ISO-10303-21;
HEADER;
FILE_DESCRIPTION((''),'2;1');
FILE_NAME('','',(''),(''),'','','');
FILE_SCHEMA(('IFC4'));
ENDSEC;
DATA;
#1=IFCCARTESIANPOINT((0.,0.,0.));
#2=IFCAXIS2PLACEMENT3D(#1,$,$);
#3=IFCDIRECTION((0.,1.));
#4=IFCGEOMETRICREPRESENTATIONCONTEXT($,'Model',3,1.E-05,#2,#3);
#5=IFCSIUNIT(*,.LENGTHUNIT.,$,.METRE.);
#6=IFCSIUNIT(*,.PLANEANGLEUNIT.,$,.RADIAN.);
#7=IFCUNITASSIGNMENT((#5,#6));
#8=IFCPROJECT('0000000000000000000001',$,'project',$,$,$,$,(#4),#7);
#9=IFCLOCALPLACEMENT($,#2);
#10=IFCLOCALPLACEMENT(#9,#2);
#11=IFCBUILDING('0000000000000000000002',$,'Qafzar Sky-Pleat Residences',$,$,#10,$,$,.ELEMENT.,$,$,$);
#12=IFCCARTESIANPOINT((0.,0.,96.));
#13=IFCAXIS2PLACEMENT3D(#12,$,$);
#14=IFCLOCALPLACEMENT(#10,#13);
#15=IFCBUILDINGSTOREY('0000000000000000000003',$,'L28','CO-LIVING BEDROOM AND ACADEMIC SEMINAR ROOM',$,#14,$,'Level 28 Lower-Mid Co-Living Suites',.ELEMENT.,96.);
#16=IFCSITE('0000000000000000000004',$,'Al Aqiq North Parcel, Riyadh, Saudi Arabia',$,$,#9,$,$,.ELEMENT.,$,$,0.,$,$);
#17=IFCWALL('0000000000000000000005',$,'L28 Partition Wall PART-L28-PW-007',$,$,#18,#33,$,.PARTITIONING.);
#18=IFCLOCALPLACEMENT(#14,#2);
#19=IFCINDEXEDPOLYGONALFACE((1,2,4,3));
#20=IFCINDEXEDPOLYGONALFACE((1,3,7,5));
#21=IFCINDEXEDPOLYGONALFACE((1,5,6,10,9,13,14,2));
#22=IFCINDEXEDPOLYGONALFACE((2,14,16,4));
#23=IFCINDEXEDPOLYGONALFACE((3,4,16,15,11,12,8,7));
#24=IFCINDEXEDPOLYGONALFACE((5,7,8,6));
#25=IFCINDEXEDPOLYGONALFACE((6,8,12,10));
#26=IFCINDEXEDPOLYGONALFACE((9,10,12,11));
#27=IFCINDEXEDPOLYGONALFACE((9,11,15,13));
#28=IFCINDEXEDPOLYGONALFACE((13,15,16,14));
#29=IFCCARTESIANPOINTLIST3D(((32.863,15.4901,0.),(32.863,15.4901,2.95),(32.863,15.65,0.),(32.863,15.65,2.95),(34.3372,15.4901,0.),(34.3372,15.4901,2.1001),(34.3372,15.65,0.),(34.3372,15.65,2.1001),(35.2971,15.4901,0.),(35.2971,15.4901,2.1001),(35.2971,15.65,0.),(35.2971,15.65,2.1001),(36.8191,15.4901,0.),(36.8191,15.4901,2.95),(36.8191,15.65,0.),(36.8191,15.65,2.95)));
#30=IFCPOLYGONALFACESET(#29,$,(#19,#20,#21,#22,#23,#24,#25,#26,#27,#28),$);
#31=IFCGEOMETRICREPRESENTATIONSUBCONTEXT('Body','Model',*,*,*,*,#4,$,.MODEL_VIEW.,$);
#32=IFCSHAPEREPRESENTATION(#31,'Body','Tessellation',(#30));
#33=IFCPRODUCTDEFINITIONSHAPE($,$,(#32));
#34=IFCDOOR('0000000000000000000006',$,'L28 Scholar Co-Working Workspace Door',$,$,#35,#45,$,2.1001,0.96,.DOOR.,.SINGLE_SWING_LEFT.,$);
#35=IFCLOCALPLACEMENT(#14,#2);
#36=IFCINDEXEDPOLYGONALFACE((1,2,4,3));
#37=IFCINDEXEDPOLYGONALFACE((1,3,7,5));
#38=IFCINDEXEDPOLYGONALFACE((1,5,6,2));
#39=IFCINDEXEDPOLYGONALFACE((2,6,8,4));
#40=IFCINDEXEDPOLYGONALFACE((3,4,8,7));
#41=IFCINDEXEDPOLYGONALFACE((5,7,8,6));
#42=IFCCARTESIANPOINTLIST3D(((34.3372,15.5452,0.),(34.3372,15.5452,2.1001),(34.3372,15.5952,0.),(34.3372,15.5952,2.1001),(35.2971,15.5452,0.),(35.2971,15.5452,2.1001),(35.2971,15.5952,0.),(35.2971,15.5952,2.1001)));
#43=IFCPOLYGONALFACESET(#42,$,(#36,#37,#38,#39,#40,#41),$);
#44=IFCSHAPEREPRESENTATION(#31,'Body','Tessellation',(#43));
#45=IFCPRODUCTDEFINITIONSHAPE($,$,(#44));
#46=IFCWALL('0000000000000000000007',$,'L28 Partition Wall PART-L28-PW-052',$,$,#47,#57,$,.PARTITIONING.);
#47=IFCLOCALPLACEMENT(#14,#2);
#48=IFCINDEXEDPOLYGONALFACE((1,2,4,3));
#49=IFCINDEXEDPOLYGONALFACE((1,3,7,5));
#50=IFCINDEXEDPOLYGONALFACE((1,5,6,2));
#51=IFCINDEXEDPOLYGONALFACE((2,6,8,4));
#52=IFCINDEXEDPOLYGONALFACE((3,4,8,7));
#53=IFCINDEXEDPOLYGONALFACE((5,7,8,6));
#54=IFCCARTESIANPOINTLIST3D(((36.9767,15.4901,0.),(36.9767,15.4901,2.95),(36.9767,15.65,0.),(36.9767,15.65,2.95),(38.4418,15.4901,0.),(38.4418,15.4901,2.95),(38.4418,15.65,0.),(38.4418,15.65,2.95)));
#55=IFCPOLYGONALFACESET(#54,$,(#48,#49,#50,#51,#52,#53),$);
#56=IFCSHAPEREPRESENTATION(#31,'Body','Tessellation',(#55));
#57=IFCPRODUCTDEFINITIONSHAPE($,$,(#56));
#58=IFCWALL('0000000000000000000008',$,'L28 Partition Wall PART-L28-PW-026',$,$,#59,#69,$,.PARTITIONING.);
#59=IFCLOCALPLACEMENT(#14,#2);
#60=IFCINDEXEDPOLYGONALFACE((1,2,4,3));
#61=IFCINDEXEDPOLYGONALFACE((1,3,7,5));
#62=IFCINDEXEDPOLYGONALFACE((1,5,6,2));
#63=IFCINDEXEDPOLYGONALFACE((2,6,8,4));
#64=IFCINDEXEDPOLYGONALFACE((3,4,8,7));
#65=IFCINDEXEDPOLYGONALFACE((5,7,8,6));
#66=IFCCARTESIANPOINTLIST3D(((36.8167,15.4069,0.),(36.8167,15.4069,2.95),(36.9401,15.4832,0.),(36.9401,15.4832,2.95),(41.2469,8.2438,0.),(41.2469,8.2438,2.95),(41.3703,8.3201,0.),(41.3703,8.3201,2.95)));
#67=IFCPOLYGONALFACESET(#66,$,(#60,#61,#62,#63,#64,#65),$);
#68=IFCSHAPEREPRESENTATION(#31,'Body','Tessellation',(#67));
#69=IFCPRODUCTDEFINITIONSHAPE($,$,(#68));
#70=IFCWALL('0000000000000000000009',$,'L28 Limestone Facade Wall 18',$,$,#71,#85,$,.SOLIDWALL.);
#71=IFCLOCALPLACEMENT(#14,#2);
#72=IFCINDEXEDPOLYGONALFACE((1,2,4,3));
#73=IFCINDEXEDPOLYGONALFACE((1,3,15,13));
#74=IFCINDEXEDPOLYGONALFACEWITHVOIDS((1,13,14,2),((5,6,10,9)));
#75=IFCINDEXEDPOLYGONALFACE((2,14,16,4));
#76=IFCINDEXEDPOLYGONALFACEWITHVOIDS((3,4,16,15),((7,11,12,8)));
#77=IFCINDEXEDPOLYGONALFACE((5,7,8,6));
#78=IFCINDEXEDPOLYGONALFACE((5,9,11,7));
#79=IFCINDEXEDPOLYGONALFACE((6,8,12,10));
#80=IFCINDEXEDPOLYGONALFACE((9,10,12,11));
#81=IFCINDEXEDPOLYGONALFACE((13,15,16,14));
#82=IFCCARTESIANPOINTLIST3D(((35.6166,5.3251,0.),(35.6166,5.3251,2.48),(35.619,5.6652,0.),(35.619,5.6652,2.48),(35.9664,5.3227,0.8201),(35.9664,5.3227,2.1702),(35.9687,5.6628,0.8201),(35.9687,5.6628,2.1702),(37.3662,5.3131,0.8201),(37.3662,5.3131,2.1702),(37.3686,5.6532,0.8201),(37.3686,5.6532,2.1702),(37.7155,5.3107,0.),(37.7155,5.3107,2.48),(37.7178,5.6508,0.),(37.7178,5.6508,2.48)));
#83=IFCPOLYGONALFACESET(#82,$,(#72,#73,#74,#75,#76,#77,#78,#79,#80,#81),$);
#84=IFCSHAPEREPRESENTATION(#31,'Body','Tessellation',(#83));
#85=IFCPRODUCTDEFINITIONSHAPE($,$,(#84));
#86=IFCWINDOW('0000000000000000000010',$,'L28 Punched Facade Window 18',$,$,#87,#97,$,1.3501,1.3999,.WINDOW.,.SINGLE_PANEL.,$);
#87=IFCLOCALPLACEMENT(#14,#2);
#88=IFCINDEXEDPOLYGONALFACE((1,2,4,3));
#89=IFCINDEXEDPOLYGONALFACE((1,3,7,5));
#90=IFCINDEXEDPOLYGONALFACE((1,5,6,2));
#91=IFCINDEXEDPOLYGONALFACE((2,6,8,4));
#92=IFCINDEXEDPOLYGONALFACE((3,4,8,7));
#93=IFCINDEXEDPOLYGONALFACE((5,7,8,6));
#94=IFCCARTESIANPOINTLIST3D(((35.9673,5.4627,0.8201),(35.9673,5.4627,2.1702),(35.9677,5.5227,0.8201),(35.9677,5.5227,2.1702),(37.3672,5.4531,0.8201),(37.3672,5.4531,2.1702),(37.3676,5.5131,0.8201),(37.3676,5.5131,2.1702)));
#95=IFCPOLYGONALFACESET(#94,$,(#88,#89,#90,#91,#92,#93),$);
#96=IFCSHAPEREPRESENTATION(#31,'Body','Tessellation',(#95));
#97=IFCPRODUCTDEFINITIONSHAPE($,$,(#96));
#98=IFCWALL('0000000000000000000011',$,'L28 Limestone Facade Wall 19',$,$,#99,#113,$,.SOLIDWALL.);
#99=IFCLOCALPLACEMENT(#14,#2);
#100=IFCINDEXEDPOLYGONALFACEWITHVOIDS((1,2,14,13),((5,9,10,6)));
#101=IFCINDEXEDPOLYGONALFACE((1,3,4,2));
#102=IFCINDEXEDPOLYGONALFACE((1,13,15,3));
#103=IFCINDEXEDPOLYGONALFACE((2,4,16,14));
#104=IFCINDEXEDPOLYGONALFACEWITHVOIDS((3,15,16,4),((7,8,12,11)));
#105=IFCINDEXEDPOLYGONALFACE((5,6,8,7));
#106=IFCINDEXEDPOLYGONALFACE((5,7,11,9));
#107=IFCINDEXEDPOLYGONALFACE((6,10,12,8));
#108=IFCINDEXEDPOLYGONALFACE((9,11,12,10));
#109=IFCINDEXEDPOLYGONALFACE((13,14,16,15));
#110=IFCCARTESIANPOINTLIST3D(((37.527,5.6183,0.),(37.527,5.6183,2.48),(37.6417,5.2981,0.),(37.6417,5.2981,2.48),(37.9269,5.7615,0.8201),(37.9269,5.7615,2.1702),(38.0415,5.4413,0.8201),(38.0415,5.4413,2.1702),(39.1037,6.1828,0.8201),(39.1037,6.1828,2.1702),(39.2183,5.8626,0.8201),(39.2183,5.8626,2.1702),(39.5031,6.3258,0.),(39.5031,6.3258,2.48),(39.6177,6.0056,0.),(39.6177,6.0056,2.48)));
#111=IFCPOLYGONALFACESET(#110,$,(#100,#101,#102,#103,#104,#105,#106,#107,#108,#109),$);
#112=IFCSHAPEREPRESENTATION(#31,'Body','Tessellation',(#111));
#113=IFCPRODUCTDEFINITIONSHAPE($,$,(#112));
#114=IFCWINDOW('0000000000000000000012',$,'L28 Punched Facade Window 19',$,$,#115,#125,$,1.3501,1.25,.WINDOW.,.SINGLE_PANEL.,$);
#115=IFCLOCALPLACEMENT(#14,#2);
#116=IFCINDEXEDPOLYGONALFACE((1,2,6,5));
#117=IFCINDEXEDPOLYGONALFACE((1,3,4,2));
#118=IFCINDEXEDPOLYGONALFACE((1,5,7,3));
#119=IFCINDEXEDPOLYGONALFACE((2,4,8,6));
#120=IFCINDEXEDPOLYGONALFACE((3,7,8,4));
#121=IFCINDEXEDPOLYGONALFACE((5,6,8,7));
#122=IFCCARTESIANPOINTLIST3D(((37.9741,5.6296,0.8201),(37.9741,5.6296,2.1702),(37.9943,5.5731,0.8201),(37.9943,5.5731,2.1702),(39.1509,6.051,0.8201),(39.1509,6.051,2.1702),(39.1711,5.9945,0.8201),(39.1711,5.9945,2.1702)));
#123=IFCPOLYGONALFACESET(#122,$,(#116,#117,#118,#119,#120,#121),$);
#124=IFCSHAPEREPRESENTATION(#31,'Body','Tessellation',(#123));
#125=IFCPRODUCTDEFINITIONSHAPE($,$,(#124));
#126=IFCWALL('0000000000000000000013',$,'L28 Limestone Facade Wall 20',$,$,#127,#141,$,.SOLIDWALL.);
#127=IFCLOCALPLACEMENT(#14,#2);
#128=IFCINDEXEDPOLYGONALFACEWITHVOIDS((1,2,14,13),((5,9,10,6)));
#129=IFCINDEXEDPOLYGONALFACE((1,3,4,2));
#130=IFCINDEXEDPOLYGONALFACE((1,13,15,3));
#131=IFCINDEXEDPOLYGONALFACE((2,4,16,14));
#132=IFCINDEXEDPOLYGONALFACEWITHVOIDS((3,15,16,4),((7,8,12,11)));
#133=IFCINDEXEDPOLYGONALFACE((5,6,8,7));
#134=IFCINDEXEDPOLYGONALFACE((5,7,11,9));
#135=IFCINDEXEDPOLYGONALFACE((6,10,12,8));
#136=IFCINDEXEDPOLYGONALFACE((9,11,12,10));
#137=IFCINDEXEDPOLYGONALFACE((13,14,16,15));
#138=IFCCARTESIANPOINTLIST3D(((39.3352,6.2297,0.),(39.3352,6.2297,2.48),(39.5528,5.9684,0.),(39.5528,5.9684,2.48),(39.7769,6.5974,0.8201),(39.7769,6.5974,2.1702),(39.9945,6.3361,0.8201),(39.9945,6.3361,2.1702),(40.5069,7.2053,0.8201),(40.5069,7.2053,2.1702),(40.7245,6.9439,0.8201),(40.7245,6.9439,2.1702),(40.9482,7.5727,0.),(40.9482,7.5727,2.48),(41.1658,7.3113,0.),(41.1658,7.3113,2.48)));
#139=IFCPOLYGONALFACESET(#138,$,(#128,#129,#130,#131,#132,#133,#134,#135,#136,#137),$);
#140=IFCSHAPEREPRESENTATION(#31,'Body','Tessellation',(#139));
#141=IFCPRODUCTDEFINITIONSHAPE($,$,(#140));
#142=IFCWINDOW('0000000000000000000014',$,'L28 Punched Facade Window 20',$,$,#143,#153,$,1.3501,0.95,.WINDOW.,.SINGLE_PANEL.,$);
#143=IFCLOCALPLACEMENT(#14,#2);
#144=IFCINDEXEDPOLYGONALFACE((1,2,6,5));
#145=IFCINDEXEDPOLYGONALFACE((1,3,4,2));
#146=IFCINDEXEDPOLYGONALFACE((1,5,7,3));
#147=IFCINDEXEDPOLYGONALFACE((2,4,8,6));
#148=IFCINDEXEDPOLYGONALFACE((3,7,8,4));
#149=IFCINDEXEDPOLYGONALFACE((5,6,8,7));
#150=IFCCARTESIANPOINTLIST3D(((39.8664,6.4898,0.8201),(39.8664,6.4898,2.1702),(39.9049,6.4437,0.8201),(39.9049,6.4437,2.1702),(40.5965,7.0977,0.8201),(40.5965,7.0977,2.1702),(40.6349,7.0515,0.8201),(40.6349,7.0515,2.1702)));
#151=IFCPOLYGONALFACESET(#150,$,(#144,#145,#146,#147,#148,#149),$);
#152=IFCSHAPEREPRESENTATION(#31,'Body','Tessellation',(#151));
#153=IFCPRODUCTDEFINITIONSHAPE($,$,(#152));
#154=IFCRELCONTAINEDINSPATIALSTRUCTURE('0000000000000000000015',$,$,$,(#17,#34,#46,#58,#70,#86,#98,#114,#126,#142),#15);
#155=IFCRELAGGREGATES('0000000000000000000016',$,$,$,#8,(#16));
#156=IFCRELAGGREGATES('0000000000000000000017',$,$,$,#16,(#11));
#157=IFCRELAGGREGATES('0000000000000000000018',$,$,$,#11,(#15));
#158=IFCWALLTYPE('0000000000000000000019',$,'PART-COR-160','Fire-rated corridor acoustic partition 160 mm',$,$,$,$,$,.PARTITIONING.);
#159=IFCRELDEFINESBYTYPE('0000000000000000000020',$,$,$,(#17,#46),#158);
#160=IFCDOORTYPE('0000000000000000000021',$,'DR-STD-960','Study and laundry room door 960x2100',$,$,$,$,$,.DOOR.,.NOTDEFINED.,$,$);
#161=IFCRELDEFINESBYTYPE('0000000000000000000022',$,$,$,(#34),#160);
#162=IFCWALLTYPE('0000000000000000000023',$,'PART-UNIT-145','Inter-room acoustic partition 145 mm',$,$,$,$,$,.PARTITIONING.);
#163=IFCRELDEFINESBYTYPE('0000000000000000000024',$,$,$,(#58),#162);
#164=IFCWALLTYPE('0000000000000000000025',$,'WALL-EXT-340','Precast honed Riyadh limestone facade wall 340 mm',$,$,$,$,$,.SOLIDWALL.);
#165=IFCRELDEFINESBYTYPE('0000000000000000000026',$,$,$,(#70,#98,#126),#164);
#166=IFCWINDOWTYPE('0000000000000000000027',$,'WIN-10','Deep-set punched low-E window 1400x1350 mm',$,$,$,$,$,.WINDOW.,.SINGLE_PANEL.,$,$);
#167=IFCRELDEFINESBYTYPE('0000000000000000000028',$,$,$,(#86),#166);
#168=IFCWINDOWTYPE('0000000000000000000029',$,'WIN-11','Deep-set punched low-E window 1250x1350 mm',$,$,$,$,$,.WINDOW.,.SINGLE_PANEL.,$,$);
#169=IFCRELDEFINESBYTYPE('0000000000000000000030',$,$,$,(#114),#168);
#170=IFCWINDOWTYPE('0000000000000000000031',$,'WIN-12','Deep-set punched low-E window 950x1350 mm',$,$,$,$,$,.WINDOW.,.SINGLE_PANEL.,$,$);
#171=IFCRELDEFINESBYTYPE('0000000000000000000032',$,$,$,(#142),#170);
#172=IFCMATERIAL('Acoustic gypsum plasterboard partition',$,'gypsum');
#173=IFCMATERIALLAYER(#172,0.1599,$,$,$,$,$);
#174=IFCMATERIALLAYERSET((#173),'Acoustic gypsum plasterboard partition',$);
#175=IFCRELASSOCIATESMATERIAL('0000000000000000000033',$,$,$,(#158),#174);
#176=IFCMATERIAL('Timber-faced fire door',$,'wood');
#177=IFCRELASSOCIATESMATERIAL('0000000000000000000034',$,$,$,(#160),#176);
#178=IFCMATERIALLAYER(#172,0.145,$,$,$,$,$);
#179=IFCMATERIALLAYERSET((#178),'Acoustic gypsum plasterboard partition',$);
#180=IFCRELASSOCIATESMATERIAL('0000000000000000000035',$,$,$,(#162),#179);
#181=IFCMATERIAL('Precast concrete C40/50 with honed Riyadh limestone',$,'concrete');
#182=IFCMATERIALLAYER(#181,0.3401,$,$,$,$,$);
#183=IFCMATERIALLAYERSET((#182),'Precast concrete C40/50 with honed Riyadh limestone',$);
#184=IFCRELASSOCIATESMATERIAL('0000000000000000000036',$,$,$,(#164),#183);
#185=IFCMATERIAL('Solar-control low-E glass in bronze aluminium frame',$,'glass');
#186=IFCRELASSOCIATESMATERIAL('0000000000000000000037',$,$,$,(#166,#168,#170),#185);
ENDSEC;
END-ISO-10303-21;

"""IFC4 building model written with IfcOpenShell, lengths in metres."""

from ifc_helpers import new_model, si_unit, direction, frame, frame_2d, origin, place, context, subcontext, project, spatial, rectangle, extrude, source, transform, mapped, material, layer, layer_set, type_object, element, fill, save


model = new_model("IFC4")

# Units and contexts
model_context = context("Model", 3, precision=1e-05, world=origin(), true_north=direction((0.0, 1.0)))
body_context = subcontext(model_context, "Body", "Model", "MODEL_VIEW")
ifc_project = project(units=[si_unit("LENGTHUNIT", "METRE"), si_unit("PLANEANGLEUNIT", "RADIAN")], contexts=[model_context])

# Site, building, storey
site_placement = place(None, origin())
site = spatial("IfcSite", under=ifc_project, at=site_placement, Name="Al Aqiq North Parcel, Riyadh, Saudi Arabia", CompositionType="ELEMENT", RefElevation=0.0)
building_placement = place(site_placement, origin())
building = spatial("IfcBuilding", under=site, at=building_placement, Name="Qafzar Sky-Pleat Residences", CompositionType="ELEMENT")
storey_placement = place(building_placement, frame((0.0, 0.0, 96.0)))
storey = spatial("IfcBuildingStorey", under=building, at=storey_placement, Name="L28", Description="CO-LIVING BEDROOM AND ACADEMIC SEMINAR ROOM", LongName="Level 28 Lower-Mid Co-Living Suites", CompositionType="ELEMENT", Elevation=96.0)

# Wall, opening, door
ifc_material_1 = material(Name="Acoustic gypsum plasterboard partition", Category="gypsum")
ifc_layer_1 = layer(ifc_material_1, 0.1599)
ifc_layer_set_1 = layer_set([ifc_layer_1], Name="Acoustic gypsum plasterboard partition")
wall_type_1 = type_object("IfcWallType", Name="PART-COR-160", Description="Fire-rated corridor acoustic partition 160 mm", PredefinedType="PARTITIONING", material=ifc_layer_set_1)
wall_1_placement = place(storey_placement, frame((36.8191, 15.5701, 0.0), z_axis=(0.0, 0.0, 1.0), x_axis=(-1.0, 0.0, 0.0)))
wall_1 = element("IfcWall", 1, at=wall_1_placement, inside=storey, type_object=wall_type_1, Name="L28 Partition Wall PART-L28-PW-007", PredefinedType="PARTITIONING", context=body_context, shape_type="SweptSolid", body=[
    extrude(rectangle(XDim=3.9561, YDim=0.1599, at=frame_2d((1.978, 0.0))), origin(), (0.0, 0.0, 1.0), 2.95),
])
opening_1_placement = place(wall_1_placement, frame((1.522, 0.0, 0.0)))
opening_1 = element("IfcOpeningElement", 2, at=opening_1_placement, cuts=wall_1, PredefinedType="OPENING", context=body_context, shape_type="SweptSolid", body=[
    extrude(rectangle(XDim=0.96, YDim=2.1001, at=frame_2d((0.48, 1.05))), frame((0.0, 0.0898, 0.0), z_axis=(0.0, -1.0, 0.0), x_axis=(1.0, 0.0, 0.0)), (0.0, 0.0, 1.0), 0.1799),
])
ifc_material_2 = material(Name="Timber-faced fire door", Category="wood")
door_type_1 = type_object("IfcDoorType", Name="DR-STD-960", Description="Study and laundry room door 960x2100", OperationType="NOTDEFINED", PredefinedType="DOOR", material=ifc_material_2)
shared_shape_1 = source(origin(), body_context, "Body", "SweptSolid", [
    extrude(rectangle(XDim=0.96, YDim=2.1001, at=frame_2d((0.48, 1.05))), frame((0.0, 0.0249, 0.0), z_axis=(0.0, -1.0, 0.0), x_axis=(1.0, 0.0, 0.0)), (0.0, 0.0, 1.0), 0.05),
])
door_1_placement = place(opening_1_placement, origin())
door_1 = element("IfcDoor", 3, at=door_1_placement, inside=storey, type_object=door_type_1, Name="L28 Scholar Co-Working Workspace Door", OperationType="SINGLE_SWING_LEFT", OverallHeight=2.1001, OverallWidth=0.96, PredefinedType="DOOR", context=body_context, shape_type="MappedRepresentation", body=[
    mapped(shared_shape_1, transform((0.0, 0.0, 0.0), x_axis=(1.0, 0.0, 0.0), y_axis=(0.0, 1.0, 0.0), z_axis=(0.0, 0.0, 1.0), scale=1.0)),
])
fill(opening_1, door_1)

# Walls
wall_2_placement = place(storey_placement, frame((36.9768, 15.5701, 0.0), z_axis=(0.0, 0.0, 1.0), x_axis=(1.0, 0.0, 0.0)))
element("IfcWall", 4, at=wall_2_placement, inside=storey, type_object=wall_type_1, Name="L28 Partition Wall PART-L28-PW-052", PredefinedType="PARTITIONING", context=body_context, shape_type="SweptSolid", body=[
    extrude(rectangle(XDim=1.4651, YDim=0.1599, at=frame_2d((0.7324, 0.0))), origin(), (0.0, 0.0, 1.0), 2.95),
])
ifc_layer_2 = layer(ifc_material_1, 0.145)
ifc_layer_set_2 = layer_set([ifc_layer_2], Name="Acoustic gypsum plasterboard partition")
wall_type_2 = type_object("IfcWallType", Name="PART-UNIT-145", Description="Inter-room acoustic partition 145 mm", PredefinedType="PARTITIONING", material=ifc_layer_set_2)
wall_3_placement = place(storey_placement, frame((36.8784, 15.4451, 0.0), z_axis=(0.0, 0.0, 1.0), x_axis=(0.526001, -0.850484, 0.0)))
element("IfcWall", 5, at=wall_3_placement, inside=storey, type_object=wall_type_2, Name="L28 Partition Wall PART-L28-PW-026", PredefinedType="PARTITIONING", context=body_context, shape_type="SweptSolid", body=[
    extrude(rectangle(XDim=8.4224, YDim=0.145, at=frame_2d((4.2112, 0.0))), origin(), (0.0, 0.0, 1.0), 2.95),
])

# Walls, openings, windows
ifc_material_3 = material(Name="Precast concrete C40/50 with honed Riyadh limestone", Category="concrete")
ifc_layer_3 = layer(ifc_material_3, 0.3401)
ifc_layer_set_3 = layer_set([ifc_layer_3], Name="Precast concrete C40/50 with honed Riyadh limestone")
wall_type_3 = type_object("IfcWallType", Name="WALL-EXT-340", Description="Precast honed Riyadh limestone facade wall 340 mm", PredefinedType="SOLIDWALL", material=ifc_layer_set_3)
wall_4_placement = place(storey_placement, frame((35.6179, 5.4951, 0.0), z_axis=(0.0, 0.0, 1.0), x_axis=(0.999976, -0.006863, 0.0)))
wall_4 = element("IfcWall", 6, at=wall_4_placement, inside=storey, type_object=wall_type_3, Name="L28 Limestone Facade Wall 18", PredefinedType="SOLIDWALL", context=body_context, shape_type="SweptSolid", body=[
    extrude(rectangle(XDim=2.0989, YDim=0.3401, at=frame_2d((1.0493, 0.0))), origin(), (0.0, 0.0, 1.0), 2.48),
])
opening_2_placement = place(wall_4_placement, frame((0.3496, 0.0, 0.8201)))
opening_2 = element("IfcOpeningElement", 7, at=opening_2_placement, cuts=wall_4, PredefinedType="OPENING", context=body_context, shape_type="SweptSolid", body=[
    extrude(rectangle(XDim=1.3999, YDim=1.3501, at=frame_2d((0.7, 0.675))), frame((0.0, 0.1802, 0.0), z_axis=(0.0, -1.0, 0.0), x_axis=(1.0, 0.0, 0.0)), (0.0, 0.0, 1.0), 0.3601),
])
ifc_material_4 = material(Name="Solar-control low-E glass in bronze aluminium frame", Category="glass")
window_type_1 = type_object("IfcWindowType", Name="WIN-10", Description="Deep-set punched low-E window 1400x1350 mm", PartitioningType="SINGLE_PANEL", PredefinedType="WINDOW", material=ifc_material_4)
shared_shape_2 = source(origin(), body_context, "Body", "SweptSolid", [
    extrude(rectangle(XDim=1.3999, YDim=1.3501, at=frame_2d((0.7, 0.675))), frame((0.0, 0.03, 0.0), z_axis=(0.0, -1.0, 0.0), x_axis=(1.0, 0.0, 0.0)), (0.0, 0.0, 1.0), 0.0601),
])
window_1_placement = place(opening_2_placement, origin())
window_1 = element("IfcWindow", 8, at=window_1_placement, inside=storey, type_object=window_type_1, Name="L28 Punched Facade Window 18", OverallHeight=1.3501, OverallWidth=1.3999, PartitioningType="SINGLE_PANEL", PredefinedType="WINDOW", context=body_context, shape_type="MappedRepresentation", body=[
    mapped(shared_shape_2, transform((0.0, 0.0, 0.0), x_axis=(1.0, 0.0, 0.0), y_axis=(0.0, 1.0, 0.0), z_axis=(0.0, 0.0, 1.0), scale=1.0)),
])
fill(opening_2, window_1)
wall_5_placement = place(storey_placement, frame((37.5845, 5.4583, 0.0), z_axis=(0.0, 0.0, 1.0), x_axis=(0.941473, 0.337088, 0.0)))
wall_5 = element("IfcWall", 9, at=wall_5_placement, inside=storey, type_object=wall_type_3, Name="L28 Limestone Facade Wall 19", PredefinedType="SOLIDWALL", context=body_context, shape_type="SweptSolid", body=[
    extrude(rectangle(XDim=2.0989, YDim=0.3401, at=frame_2d((1.0493, 0.0))), origin(), (0.0, 0.0, 1.0), 2.48),
])
opening_3_placement = place(wall_5_placement, frame((0.4246, 0.0, 0.8201)))
opening_3 = element("IfcOpeningElement", 10, at=opening_3_placement, cuts=wall_5, PredefinedType="OPENING", context=body_context, shape_type="SweptSolid", body=[
    extrude(rectangle(XDim=1.25, YDim=1.3501, at=frame_2d((0.625, 0.675))), frame((0.0, 0.1802, 0.0), z_axis=(0.0, -1.0, 0.0), x_axis=(1.0, 0.0, 0.0)), (0.0, 0.0, 1.0), 0.3601),
])
window_type_2 = type_object("IfcWindowType", Name="WIN-11", Description="Deep-set punched low-E window 1250x1350 mm", PartitioningType="SINGLE_PANEL", PredefinedType="WINDOW", material=ifc_material_4)
shared_shape_3 = source(origin(), body_context, "Body", "SweptSolid", [
    extrude(rectangle(XDim=1.25, YDim=1.3501, at=frame_2d((0.625, 0.675))), frame((0.0, 0.03, 0.0), z_axis=(0.0, -1.0, 0.0), x_axis=(1.0, 0.0, 0.0)), (0.0, 0.0, 1.0), 0.0601),
])
window_2_placement = place(opening_3_placement, origin())
window_2 = element("IfcWindow", 11, at=window_2_placement, inside=storey, type_object=window_type_2, Name="L28 Punched Facade Window 19", OverallHeight=1.3501, OverallWidth=1.25, PartitioningType="SINGLE_PANEL", PredefinedType="WINDOW", context=body_context, shape_type="MappedRepresentation", body=[
    mapped(shared_shape_3, transform((0.0, 0.0, 0.0), x_axis=(1.0, 0.0, 0.0), y_axis=(0.0, 1.0, 0.0), z_axis=(0.0, 0.0, 1.0), scale=1.0)),
])
fill(opening_3, window_2)
wall_6_placement = place(storey_placement, frame((39.4441, 6.0991, 0.0), z_axis=(0.0, 0.0, 1.0), x_axis=(0.768498, 0.639853, 0.0)))
wall_6 = element("IfcWall", 12, at=wall_6_placement, inside=storey, type_object=wall_type_3, Name="L28 Limestone Facade Wall 20", PredefinedType="SOLIDWALL", context=body_context, shape_type="SweptSolid", body=[
    extrude(rectangle(XDim=2.0989, YDim=0.3401, at=frame_2d((1.0493, 0.0))), origin(), (0.0, 0.0, 1.0), 2.48),
])
opening_4_placement = place(wall_6_placement, frame((0.5745, 0.0, 0.8201)))
opening_4 = element("IfcOpeningElement", 13, at=opening_4_placement, cuts=wall_6, PredefinedType="OPENING", context=body_context, shape_type="SweptSolid", body=[
    extrude(rectangle(XDim=0.95, YDim=1.3501, at=frame_2d((0.4751, 0.675))), frame((0.0, 0.1802, 0.0), z_axis=(0.0, -1.0, 0.0), x_axis=(1.0, 0.0, 0.0)), (0.0, 0.0, 1.0), 0.3601),
])
window_type_3 = type_object("IfcWindowType", Name="WIN-12", Description="Deep-set punched low-E window 950x1350 mm", PartitioningType="SINGLE_PANEL", PredefinedType="WINDOW", material=ifc_material_4)
shared_shape_4 = source(origin(), body_context, "Body", "SweptSolid", [
    extrude(rectangle(XDim=0.95, YDim=1.3501, at=frame_2d((0.4751, 0.675))), frame((0.0, 0.03, 0.0), z_axis=(0.0, -1.0, 0.0), x_axis=(1.0, 0.0, 0.0)), (0.0, 0.0, 1.0), 0.0601),
])
window_3_placement = place(opening_4_placement, origin())
window_3 = element("IfcWindow", 14, at=window_3_placement, inside=storey, type_object=window_type_3, Name="L28 Punched Facade Window 20", OverallHeight=1.3501, OverallWidth=0.95, PartitioningType="SINGLE_PANEL", PredefinedType="WINDOW", context=body_context, shape_type="MappedRepresentation", body=[
    mapped(shared_shape_4, transform((0.0, 0.0, 0.0), x_axis=(1.0, 0.0, 0.0), y_axis=(0.0, 1.0, 0.0), z_axis=(0.0, 0.0, 1.0), scale=1.0)),
])
fill(opening_4, window_3)

save(model, "model.ifc")
